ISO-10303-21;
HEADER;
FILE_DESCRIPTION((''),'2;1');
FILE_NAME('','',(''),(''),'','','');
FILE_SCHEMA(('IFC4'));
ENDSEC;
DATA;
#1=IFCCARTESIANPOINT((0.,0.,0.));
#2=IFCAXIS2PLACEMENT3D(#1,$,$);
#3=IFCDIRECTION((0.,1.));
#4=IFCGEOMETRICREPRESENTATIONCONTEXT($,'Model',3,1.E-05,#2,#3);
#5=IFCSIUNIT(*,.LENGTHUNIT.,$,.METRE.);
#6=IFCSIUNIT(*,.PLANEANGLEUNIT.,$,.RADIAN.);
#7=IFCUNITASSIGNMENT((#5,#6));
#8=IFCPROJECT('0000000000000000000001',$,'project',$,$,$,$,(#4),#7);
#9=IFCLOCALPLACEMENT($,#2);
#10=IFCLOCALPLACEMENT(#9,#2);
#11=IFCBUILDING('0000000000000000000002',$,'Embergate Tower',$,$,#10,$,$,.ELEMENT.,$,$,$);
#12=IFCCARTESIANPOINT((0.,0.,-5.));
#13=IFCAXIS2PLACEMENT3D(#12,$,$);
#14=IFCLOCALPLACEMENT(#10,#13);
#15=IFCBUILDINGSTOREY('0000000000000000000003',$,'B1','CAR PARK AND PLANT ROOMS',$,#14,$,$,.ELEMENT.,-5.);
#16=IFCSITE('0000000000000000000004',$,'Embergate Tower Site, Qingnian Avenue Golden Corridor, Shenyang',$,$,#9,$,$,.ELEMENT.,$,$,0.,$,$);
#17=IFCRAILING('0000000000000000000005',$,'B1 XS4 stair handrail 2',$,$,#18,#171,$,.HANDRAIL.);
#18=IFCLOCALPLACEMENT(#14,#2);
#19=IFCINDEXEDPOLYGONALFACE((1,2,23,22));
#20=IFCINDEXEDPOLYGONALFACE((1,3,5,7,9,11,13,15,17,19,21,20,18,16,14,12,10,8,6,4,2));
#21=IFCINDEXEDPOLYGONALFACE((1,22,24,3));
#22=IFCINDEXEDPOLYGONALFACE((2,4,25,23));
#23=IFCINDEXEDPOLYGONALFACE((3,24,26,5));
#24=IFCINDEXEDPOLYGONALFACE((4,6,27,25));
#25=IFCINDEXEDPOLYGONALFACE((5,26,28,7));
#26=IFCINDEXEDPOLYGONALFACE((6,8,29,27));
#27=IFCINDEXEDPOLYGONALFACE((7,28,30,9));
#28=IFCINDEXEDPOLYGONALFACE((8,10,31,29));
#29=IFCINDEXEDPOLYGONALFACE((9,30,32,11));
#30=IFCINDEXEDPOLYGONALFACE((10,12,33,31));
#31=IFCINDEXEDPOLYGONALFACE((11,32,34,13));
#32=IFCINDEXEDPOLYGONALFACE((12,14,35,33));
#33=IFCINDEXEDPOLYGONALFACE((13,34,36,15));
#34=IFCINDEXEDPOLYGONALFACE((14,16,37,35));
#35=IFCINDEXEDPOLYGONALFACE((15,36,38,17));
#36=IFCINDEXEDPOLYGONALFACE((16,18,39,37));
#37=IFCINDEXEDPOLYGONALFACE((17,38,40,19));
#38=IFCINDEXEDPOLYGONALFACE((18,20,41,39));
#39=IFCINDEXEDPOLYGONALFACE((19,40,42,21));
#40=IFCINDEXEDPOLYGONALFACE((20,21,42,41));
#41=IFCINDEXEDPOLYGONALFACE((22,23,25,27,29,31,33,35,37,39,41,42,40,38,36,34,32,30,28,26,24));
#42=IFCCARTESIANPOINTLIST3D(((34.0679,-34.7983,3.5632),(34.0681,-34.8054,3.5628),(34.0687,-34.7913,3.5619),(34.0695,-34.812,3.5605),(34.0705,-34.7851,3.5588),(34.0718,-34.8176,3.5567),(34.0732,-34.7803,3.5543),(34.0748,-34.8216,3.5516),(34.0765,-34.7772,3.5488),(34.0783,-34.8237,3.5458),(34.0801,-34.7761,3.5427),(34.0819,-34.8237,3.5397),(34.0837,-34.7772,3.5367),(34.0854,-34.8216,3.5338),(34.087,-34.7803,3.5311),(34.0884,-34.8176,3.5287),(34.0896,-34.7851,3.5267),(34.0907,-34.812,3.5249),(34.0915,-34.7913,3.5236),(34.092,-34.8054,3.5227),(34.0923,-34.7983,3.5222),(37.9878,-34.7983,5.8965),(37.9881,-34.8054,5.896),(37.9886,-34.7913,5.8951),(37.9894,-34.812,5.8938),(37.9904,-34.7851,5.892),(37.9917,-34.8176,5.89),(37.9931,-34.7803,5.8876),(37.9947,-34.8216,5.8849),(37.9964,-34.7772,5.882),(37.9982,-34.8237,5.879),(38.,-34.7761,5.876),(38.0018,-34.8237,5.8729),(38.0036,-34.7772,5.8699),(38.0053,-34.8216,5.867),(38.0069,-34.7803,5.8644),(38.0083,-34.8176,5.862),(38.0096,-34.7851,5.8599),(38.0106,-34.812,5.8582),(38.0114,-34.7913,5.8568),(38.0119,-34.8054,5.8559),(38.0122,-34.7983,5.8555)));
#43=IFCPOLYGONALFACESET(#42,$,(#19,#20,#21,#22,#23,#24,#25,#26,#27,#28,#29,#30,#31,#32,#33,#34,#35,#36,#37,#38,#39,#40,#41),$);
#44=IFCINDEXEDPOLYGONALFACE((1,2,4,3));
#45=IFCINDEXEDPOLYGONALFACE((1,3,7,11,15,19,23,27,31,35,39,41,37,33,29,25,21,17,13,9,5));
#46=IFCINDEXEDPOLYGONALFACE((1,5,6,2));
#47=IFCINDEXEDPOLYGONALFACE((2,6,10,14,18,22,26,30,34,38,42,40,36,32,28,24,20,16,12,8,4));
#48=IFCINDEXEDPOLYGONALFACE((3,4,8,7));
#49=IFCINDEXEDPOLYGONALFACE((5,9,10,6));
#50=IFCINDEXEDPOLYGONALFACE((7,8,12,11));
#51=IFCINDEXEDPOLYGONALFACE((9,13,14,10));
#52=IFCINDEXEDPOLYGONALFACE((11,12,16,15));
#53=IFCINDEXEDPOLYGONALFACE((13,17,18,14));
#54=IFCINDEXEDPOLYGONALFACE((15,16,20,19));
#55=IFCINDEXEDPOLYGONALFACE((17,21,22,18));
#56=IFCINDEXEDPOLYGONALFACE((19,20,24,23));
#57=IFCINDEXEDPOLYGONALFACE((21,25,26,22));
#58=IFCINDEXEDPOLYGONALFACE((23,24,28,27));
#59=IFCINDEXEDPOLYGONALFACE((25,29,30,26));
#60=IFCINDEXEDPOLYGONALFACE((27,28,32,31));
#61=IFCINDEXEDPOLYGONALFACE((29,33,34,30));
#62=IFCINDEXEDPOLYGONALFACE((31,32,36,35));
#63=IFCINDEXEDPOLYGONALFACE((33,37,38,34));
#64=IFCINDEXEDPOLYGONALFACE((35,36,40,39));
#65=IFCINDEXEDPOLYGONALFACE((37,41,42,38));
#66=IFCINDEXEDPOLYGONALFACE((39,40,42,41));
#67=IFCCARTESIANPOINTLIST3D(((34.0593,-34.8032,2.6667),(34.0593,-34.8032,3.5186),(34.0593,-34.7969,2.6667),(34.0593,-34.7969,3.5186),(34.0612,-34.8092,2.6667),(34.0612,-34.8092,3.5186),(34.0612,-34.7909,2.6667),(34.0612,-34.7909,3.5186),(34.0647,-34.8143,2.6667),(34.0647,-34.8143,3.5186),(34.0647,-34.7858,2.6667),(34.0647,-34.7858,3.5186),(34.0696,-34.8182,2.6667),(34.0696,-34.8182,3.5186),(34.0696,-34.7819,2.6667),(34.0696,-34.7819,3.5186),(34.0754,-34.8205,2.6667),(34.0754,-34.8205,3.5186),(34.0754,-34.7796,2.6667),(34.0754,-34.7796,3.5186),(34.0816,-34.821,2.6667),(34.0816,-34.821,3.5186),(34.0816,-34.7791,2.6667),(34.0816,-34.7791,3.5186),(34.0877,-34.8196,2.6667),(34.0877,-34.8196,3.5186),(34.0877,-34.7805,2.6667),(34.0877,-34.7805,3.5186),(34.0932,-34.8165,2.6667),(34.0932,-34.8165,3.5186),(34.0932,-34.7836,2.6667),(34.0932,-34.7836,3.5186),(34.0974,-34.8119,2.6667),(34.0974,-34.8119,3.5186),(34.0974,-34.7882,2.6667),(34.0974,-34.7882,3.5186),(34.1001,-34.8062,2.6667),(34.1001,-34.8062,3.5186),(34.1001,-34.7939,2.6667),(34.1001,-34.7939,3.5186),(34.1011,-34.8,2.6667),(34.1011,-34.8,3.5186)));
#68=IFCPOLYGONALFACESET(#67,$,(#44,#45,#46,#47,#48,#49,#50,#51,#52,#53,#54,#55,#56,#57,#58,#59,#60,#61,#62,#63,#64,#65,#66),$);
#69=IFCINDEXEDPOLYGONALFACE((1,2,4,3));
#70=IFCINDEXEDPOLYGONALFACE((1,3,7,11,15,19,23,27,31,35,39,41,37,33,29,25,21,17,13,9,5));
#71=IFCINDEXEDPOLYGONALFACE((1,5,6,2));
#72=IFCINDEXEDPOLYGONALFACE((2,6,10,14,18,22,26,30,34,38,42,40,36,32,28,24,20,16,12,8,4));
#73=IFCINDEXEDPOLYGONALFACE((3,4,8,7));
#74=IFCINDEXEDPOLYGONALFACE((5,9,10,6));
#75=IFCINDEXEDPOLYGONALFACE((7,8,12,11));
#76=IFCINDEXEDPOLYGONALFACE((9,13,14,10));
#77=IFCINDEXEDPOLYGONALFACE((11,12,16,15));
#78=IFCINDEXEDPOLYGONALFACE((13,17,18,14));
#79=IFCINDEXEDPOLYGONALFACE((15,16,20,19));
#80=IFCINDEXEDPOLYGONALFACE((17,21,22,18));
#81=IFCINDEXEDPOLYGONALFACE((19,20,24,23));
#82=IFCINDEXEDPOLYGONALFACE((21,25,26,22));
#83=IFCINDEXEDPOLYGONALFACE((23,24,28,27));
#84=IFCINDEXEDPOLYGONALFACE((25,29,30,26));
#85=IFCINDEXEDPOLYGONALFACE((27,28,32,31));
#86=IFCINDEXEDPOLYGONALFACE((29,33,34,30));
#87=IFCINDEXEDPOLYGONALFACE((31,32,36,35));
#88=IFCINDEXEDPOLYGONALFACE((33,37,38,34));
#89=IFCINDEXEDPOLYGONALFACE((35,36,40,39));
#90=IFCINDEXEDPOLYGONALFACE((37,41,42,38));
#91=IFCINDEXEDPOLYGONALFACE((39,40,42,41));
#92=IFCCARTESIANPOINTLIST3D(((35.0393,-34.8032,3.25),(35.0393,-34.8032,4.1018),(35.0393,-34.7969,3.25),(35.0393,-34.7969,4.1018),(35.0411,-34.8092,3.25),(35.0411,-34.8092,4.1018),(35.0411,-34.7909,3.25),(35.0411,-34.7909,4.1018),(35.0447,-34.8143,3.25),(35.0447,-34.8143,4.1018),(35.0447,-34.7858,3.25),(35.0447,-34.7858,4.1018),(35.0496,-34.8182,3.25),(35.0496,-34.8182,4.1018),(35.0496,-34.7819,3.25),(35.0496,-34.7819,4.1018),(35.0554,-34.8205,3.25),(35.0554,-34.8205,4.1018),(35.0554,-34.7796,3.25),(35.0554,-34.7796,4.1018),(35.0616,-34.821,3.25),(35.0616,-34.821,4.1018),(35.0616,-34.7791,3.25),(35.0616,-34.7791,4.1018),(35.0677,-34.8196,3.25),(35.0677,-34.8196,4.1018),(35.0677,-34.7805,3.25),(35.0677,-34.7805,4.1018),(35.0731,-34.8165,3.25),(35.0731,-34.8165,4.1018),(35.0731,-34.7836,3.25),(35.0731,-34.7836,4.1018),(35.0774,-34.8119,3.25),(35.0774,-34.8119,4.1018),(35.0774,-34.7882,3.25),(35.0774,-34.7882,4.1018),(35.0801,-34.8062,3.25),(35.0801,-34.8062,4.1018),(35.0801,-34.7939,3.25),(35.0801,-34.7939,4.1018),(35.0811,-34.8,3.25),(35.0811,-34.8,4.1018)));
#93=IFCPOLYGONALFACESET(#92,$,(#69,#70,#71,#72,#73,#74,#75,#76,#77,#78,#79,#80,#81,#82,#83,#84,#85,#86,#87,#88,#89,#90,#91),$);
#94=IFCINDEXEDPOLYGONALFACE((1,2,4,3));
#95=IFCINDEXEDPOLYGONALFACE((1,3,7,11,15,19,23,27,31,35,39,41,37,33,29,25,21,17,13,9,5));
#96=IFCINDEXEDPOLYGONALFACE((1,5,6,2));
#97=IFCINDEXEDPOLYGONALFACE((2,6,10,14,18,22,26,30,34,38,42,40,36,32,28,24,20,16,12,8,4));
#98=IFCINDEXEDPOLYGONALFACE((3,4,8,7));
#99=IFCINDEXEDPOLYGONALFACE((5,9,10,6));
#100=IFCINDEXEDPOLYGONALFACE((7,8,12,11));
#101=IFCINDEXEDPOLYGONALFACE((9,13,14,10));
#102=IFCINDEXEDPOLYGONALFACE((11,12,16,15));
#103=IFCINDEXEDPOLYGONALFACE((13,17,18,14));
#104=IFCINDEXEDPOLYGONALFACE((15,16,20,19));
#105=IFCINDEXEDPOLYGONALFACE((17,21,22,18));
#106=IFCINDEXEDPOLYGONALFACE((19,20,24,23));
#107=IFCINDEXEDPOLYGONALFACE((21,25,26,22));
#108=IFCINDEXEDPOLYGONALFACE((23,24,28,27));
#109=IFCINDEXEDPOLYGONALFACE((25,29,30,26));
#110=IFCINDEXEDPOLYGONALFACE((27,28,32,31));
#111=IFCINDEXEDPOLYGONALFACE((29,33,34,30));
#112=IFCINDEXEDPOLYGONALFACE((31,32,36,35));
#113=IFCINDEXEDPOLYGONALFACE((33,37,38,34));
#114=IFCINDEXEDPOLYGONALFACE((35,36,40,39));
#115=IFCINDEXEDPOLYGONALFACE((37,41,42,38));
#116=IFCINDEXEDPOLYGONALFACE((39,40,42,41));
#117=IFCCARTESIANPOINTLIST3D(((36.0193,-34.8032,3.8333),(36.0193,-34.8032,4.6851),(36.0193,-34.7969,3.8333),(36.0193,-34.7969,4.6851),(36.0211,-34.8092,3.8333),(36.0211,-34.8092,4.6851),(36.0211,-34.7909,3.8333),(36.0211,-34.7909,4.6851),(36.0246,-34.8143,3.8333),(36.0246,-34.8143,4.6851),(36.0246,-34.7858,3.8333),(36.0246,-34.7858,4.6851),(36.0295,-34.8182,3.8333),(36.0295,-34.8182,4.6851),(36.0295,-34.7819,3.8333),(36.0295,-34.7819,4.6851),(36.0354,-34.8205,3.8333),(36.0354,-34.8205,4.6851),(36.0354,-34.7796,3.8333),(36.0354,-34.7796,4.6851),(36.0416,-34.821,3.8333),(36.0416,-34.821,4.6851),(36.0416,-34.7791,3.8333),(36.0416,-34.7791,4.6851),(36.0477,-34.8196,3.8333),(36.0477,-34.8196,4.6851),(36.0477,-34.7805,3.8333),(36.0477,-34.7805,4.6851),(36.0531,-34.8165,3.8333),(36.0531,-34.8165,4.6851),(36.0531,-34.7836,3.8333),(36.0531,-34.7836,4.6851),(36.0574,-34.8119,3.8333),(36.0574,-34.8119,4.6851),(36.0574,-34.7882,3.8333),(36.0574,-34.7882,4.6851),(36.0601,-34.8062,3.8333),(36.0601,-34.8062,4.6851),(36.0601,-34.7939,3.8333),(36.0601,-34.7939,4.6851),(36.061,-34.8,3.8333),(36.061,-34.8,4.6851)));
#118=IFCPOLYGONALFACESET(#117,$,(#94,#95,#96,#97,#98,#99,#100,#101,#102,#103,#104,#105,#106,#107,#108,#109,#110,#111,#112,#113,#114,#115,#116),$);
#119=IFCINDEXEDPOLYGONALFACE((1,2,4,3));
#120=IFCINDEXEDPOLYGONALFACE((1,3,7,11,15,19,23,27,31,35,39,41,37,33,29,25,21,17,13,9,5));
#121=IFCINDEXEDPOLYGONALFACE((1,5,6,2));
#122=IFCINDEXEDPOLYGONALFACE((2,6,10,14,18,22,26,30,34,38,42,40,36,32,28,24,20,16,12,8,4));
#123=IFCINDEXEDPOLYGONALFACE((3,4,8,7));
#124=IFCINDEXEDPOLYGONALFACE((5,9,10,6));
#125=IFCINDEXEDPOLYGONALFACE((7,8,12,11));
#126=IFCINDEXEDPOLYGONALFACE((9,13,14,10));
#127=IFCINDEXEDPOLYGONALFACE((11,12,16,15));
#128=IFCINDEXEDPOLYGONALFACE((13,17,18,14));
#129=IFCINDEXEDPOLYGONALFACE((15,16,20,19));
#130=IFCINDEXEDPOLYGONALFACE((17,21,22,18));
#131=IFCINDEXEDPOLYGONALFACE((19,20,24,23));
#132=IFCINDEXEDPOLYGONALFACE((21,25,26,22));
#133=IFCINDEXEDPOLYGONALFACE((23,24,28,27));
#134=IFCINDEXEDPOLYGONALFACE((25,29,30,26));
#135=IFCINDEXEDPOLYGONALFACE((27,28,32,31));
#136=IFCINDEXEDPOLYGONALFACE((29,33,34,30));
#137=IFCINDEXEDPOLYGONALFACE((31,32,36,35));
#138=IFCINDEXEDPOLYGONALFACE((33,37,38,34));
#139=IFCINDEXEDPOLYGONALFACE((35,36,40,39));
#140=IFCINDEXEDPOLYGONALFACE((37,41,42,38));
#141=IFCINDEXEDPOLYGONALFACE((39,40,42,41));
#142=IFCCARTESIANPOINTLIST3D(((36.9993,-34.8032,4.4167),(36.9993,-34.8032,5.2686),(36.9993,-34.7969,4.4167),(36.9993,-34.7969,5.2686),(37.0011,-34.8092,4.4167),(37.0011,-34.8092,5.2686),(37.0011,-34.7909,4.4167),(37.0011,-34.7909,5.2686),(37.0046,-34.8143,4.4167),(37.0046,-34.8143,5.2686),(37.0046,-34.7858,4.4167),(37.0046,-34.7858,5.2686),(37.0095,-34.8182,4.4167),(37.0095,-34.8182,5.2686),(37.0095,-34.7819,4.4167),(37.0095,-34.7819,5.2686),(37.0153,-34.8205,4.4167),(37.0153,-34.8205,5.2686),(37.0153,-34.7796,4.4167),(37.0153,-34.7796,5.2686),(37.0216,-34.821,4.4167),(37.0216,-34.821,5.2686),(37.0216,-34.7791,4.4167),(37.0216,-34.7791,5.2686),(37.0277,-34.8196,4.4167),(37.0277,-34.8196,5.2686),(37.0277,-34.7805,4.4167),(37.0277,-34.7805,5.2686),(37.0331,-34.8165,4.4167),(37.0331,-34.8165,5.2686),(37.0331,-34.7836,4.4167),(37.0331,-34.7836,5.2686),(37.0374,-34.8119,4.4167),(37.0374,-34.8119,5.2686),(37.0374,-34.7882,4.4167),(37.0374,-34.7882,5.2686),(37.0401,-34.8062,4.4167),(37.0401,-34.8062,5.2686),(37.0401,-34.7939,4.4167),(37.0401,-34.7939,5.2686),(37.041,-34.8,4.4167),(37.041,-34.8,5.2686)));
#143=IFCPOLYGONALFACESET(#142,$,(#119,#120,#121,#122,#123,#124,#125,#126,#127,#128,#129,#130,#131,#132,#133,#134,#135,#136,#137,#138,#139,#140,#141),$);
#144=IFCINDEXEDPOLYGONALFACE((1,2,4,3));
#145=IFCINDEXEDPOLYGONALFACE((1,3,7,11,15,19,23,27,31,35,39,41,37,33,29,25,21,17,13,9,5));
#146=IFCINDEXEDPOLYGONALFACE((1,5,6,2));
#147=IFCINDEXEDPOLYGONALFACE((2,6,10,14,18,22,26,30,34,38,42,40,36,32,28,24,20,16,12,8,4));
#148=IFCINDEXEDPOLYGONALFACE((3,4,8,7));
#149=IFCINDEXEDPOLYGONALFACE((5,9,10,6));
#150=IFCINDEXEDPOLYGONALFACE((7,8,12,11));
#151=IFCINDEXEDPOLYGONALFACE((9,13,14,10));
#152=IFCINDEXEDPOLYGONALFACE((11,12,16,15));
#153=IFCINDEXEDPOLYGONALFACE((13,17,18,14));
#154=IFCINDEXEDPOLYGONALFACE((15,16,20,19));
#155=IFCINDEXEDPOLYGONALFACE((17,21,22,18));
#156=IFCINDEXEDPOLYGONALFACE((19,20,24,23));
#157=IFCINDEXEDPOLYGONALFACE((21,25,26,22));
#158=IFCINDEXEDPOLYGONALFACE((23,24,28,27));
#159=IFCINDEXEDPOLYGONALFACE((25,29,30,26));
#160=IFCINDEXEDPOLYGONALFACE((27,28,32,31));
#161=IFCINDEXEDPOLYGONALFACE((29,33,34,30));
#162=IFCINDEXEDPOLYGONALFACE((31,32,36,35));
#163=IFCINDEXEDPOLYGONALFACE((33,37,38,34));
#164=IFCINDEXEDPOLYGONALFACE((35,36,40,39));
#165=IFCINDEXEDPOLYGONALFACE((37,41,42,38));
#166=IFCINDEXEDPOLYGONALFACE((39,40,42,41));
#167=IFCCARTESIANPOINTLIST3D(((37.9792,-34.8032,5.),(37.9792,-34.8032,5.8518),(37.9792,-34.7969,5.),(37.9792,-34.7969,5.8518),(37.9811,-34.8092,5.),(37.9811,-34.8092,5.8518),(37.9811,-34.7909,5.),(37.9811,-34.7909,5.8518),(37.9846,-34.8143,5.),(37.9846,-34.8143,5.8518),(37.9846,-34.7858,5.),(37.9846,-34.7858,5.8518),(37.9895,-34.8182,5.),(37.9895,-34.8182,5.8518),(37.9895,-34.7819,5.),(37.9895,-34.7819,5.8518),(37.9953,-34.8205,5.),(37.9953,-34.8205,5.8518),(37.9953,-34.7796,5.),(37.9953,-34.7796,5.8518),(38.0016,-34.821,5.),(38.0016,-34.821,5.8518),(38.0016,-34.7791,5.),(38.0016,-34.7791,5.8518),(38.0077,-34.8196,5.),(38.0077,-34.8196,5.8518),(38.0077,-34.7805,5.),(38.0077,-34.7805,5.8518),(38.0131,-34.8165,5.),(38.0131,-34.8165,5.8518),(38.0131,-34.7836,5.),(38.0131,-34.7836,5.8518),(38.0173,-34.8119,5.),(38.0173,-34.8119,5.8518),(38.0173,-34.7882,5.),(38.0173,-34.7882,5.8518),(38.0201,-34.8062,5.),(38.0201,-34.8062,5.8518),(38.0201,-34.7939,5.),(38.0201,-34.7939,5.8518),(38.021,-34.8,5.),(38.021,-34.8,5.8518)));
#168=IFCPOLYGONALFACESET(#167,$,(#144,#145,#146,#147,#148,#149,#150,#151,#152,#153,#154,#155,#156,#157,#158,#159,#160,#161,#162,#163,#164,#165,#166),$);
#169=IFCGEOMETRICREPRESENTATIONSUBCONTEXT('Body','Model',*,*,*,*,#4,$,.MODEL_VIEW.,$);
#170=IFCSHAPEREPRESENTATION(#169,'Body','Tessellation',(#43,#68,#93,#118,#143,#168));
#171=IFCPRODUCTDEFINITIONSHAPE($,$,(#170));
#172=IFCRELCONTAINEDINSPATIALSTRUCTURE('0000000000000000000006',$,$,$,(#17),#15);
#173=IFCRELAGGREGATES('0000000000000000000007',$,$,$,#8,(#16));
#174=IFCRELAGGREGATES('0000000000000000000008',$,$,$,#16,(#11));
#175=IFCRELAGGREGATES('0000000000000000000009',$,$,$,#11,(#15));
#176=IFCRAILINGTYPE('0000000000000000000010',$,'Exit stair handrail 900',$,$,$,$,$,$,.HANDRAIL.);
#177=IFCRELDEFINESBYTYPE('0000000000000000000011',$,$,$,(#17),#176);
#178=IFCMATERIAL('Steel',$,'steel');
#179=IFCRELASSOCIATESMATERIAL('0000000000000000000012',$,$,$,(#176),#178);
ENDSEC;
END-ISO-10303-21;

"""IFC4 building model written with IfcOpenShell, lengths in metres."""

from ifc_helpers import new_model, si_unit, direction, frame, origin, origin_2d, place, context, subcontext, project, spatial, circle, extrude, source, transform, mapped, material, type_object, element, save


model = new_model("IFC4")

# Units and contexts
model_context = context("Model", 3, precision=1e-05, world=origin(), true_north=direction((0.0, 1.0)))
body_context = subcontext(model_context, "Body", "Model", "MODEL_VIEW")
ifc_project = project(units=[si_unit("LENGTHUNIT", "METRE"), si_unit("PLANEANGLEUNIT", "RADIAN")], contexts=[model_context])

# Site, building, storey
site_placement = place(None, origin())
site = spatial("IfcSite", under=ifc_project, at=site_placement, Name="Embergate Tower Site, Qingnian Avenue Golden Corridor, Shenyang", CompositionType="ELEMENT", RefElevation=0.0)
building_placement = place(site_placement, origin())
building = spatial("IfcBuilding", under=site, at=building_placement, Name="Embergate Tower", CompositionType="ELEMENT")
storey_placement = place(building_placement, frame((0.0, 0.0, -5.0)))
storey = spatial("IfcBuildingStorey", under=building, at=storey_placement, Name="B1", Description="CAR PARK AND PLANT ROOMS", CompositionType="ELEMENT", Elevation=-5.0)

# Railing
ifc_material_1 = material(Name="Steel", Category="steel")
railing_type_1 = type_object("IfcRailingType", Name="Exit stair handrail 900", PredefinedType="HANDRAIL", material=ifc_material_1)
shared_shape_1 = source(origin(), body_context, "Body", "SweptSolid", [
    extrude(circle(Radius=0.0239, at=origin_2d()), frame((0.0, 0.0, 0.876), z_axis=(0.859296, 0.0, 0.511478), x_axis=(0.0, 1.0, 0.0)), (0.0, 0.0, 1.0), 4.5618),
    extrude(circle(Radius=0.021, at=origin_2d()), origin(), (0.0, 0.0, 1.0), 0.8518),
    extrude(circle(Radius=0.021, at=origin_2d()), frame((0.98, 0.0, 0.5833)), (0.0, 0.0, 1.0), 0.8518),
    extrude(circle(Radius=0.021, at=origin_2d()), frame((1.96, 0.0, 1.1665)), (0.0, 0.0, 1.0), 0.8518),
    extrude(circle(Radius=0.021, at=origin_2d()), frame((2.9399, 0.0, 1.75)), (0.0, 0.0, 1.0), 0.8518),
    extrude(circle(Radius=0.021, at=origin_2d()), frame((3.9199, 0.0, 2.3333)), (0.0, 0.0, 1.0), 0.8518),
])
railing_1_placement = place(storey_placement, frame((34.0801, -34.8, 2.6667)))
element("IfcRailing", 1, at=railing_1_placement, inside=storey, type_object=railing_type_1, Name="B1 XS4 stair handrail 2", PredefinedType="HANDRAIL", context=body_context, shape_type="MappedRepresentation", body=[
    mapped(shared_shape_1, transform((0.0, 0.0, 0.0))),
])

save(model, "model.ifc")
